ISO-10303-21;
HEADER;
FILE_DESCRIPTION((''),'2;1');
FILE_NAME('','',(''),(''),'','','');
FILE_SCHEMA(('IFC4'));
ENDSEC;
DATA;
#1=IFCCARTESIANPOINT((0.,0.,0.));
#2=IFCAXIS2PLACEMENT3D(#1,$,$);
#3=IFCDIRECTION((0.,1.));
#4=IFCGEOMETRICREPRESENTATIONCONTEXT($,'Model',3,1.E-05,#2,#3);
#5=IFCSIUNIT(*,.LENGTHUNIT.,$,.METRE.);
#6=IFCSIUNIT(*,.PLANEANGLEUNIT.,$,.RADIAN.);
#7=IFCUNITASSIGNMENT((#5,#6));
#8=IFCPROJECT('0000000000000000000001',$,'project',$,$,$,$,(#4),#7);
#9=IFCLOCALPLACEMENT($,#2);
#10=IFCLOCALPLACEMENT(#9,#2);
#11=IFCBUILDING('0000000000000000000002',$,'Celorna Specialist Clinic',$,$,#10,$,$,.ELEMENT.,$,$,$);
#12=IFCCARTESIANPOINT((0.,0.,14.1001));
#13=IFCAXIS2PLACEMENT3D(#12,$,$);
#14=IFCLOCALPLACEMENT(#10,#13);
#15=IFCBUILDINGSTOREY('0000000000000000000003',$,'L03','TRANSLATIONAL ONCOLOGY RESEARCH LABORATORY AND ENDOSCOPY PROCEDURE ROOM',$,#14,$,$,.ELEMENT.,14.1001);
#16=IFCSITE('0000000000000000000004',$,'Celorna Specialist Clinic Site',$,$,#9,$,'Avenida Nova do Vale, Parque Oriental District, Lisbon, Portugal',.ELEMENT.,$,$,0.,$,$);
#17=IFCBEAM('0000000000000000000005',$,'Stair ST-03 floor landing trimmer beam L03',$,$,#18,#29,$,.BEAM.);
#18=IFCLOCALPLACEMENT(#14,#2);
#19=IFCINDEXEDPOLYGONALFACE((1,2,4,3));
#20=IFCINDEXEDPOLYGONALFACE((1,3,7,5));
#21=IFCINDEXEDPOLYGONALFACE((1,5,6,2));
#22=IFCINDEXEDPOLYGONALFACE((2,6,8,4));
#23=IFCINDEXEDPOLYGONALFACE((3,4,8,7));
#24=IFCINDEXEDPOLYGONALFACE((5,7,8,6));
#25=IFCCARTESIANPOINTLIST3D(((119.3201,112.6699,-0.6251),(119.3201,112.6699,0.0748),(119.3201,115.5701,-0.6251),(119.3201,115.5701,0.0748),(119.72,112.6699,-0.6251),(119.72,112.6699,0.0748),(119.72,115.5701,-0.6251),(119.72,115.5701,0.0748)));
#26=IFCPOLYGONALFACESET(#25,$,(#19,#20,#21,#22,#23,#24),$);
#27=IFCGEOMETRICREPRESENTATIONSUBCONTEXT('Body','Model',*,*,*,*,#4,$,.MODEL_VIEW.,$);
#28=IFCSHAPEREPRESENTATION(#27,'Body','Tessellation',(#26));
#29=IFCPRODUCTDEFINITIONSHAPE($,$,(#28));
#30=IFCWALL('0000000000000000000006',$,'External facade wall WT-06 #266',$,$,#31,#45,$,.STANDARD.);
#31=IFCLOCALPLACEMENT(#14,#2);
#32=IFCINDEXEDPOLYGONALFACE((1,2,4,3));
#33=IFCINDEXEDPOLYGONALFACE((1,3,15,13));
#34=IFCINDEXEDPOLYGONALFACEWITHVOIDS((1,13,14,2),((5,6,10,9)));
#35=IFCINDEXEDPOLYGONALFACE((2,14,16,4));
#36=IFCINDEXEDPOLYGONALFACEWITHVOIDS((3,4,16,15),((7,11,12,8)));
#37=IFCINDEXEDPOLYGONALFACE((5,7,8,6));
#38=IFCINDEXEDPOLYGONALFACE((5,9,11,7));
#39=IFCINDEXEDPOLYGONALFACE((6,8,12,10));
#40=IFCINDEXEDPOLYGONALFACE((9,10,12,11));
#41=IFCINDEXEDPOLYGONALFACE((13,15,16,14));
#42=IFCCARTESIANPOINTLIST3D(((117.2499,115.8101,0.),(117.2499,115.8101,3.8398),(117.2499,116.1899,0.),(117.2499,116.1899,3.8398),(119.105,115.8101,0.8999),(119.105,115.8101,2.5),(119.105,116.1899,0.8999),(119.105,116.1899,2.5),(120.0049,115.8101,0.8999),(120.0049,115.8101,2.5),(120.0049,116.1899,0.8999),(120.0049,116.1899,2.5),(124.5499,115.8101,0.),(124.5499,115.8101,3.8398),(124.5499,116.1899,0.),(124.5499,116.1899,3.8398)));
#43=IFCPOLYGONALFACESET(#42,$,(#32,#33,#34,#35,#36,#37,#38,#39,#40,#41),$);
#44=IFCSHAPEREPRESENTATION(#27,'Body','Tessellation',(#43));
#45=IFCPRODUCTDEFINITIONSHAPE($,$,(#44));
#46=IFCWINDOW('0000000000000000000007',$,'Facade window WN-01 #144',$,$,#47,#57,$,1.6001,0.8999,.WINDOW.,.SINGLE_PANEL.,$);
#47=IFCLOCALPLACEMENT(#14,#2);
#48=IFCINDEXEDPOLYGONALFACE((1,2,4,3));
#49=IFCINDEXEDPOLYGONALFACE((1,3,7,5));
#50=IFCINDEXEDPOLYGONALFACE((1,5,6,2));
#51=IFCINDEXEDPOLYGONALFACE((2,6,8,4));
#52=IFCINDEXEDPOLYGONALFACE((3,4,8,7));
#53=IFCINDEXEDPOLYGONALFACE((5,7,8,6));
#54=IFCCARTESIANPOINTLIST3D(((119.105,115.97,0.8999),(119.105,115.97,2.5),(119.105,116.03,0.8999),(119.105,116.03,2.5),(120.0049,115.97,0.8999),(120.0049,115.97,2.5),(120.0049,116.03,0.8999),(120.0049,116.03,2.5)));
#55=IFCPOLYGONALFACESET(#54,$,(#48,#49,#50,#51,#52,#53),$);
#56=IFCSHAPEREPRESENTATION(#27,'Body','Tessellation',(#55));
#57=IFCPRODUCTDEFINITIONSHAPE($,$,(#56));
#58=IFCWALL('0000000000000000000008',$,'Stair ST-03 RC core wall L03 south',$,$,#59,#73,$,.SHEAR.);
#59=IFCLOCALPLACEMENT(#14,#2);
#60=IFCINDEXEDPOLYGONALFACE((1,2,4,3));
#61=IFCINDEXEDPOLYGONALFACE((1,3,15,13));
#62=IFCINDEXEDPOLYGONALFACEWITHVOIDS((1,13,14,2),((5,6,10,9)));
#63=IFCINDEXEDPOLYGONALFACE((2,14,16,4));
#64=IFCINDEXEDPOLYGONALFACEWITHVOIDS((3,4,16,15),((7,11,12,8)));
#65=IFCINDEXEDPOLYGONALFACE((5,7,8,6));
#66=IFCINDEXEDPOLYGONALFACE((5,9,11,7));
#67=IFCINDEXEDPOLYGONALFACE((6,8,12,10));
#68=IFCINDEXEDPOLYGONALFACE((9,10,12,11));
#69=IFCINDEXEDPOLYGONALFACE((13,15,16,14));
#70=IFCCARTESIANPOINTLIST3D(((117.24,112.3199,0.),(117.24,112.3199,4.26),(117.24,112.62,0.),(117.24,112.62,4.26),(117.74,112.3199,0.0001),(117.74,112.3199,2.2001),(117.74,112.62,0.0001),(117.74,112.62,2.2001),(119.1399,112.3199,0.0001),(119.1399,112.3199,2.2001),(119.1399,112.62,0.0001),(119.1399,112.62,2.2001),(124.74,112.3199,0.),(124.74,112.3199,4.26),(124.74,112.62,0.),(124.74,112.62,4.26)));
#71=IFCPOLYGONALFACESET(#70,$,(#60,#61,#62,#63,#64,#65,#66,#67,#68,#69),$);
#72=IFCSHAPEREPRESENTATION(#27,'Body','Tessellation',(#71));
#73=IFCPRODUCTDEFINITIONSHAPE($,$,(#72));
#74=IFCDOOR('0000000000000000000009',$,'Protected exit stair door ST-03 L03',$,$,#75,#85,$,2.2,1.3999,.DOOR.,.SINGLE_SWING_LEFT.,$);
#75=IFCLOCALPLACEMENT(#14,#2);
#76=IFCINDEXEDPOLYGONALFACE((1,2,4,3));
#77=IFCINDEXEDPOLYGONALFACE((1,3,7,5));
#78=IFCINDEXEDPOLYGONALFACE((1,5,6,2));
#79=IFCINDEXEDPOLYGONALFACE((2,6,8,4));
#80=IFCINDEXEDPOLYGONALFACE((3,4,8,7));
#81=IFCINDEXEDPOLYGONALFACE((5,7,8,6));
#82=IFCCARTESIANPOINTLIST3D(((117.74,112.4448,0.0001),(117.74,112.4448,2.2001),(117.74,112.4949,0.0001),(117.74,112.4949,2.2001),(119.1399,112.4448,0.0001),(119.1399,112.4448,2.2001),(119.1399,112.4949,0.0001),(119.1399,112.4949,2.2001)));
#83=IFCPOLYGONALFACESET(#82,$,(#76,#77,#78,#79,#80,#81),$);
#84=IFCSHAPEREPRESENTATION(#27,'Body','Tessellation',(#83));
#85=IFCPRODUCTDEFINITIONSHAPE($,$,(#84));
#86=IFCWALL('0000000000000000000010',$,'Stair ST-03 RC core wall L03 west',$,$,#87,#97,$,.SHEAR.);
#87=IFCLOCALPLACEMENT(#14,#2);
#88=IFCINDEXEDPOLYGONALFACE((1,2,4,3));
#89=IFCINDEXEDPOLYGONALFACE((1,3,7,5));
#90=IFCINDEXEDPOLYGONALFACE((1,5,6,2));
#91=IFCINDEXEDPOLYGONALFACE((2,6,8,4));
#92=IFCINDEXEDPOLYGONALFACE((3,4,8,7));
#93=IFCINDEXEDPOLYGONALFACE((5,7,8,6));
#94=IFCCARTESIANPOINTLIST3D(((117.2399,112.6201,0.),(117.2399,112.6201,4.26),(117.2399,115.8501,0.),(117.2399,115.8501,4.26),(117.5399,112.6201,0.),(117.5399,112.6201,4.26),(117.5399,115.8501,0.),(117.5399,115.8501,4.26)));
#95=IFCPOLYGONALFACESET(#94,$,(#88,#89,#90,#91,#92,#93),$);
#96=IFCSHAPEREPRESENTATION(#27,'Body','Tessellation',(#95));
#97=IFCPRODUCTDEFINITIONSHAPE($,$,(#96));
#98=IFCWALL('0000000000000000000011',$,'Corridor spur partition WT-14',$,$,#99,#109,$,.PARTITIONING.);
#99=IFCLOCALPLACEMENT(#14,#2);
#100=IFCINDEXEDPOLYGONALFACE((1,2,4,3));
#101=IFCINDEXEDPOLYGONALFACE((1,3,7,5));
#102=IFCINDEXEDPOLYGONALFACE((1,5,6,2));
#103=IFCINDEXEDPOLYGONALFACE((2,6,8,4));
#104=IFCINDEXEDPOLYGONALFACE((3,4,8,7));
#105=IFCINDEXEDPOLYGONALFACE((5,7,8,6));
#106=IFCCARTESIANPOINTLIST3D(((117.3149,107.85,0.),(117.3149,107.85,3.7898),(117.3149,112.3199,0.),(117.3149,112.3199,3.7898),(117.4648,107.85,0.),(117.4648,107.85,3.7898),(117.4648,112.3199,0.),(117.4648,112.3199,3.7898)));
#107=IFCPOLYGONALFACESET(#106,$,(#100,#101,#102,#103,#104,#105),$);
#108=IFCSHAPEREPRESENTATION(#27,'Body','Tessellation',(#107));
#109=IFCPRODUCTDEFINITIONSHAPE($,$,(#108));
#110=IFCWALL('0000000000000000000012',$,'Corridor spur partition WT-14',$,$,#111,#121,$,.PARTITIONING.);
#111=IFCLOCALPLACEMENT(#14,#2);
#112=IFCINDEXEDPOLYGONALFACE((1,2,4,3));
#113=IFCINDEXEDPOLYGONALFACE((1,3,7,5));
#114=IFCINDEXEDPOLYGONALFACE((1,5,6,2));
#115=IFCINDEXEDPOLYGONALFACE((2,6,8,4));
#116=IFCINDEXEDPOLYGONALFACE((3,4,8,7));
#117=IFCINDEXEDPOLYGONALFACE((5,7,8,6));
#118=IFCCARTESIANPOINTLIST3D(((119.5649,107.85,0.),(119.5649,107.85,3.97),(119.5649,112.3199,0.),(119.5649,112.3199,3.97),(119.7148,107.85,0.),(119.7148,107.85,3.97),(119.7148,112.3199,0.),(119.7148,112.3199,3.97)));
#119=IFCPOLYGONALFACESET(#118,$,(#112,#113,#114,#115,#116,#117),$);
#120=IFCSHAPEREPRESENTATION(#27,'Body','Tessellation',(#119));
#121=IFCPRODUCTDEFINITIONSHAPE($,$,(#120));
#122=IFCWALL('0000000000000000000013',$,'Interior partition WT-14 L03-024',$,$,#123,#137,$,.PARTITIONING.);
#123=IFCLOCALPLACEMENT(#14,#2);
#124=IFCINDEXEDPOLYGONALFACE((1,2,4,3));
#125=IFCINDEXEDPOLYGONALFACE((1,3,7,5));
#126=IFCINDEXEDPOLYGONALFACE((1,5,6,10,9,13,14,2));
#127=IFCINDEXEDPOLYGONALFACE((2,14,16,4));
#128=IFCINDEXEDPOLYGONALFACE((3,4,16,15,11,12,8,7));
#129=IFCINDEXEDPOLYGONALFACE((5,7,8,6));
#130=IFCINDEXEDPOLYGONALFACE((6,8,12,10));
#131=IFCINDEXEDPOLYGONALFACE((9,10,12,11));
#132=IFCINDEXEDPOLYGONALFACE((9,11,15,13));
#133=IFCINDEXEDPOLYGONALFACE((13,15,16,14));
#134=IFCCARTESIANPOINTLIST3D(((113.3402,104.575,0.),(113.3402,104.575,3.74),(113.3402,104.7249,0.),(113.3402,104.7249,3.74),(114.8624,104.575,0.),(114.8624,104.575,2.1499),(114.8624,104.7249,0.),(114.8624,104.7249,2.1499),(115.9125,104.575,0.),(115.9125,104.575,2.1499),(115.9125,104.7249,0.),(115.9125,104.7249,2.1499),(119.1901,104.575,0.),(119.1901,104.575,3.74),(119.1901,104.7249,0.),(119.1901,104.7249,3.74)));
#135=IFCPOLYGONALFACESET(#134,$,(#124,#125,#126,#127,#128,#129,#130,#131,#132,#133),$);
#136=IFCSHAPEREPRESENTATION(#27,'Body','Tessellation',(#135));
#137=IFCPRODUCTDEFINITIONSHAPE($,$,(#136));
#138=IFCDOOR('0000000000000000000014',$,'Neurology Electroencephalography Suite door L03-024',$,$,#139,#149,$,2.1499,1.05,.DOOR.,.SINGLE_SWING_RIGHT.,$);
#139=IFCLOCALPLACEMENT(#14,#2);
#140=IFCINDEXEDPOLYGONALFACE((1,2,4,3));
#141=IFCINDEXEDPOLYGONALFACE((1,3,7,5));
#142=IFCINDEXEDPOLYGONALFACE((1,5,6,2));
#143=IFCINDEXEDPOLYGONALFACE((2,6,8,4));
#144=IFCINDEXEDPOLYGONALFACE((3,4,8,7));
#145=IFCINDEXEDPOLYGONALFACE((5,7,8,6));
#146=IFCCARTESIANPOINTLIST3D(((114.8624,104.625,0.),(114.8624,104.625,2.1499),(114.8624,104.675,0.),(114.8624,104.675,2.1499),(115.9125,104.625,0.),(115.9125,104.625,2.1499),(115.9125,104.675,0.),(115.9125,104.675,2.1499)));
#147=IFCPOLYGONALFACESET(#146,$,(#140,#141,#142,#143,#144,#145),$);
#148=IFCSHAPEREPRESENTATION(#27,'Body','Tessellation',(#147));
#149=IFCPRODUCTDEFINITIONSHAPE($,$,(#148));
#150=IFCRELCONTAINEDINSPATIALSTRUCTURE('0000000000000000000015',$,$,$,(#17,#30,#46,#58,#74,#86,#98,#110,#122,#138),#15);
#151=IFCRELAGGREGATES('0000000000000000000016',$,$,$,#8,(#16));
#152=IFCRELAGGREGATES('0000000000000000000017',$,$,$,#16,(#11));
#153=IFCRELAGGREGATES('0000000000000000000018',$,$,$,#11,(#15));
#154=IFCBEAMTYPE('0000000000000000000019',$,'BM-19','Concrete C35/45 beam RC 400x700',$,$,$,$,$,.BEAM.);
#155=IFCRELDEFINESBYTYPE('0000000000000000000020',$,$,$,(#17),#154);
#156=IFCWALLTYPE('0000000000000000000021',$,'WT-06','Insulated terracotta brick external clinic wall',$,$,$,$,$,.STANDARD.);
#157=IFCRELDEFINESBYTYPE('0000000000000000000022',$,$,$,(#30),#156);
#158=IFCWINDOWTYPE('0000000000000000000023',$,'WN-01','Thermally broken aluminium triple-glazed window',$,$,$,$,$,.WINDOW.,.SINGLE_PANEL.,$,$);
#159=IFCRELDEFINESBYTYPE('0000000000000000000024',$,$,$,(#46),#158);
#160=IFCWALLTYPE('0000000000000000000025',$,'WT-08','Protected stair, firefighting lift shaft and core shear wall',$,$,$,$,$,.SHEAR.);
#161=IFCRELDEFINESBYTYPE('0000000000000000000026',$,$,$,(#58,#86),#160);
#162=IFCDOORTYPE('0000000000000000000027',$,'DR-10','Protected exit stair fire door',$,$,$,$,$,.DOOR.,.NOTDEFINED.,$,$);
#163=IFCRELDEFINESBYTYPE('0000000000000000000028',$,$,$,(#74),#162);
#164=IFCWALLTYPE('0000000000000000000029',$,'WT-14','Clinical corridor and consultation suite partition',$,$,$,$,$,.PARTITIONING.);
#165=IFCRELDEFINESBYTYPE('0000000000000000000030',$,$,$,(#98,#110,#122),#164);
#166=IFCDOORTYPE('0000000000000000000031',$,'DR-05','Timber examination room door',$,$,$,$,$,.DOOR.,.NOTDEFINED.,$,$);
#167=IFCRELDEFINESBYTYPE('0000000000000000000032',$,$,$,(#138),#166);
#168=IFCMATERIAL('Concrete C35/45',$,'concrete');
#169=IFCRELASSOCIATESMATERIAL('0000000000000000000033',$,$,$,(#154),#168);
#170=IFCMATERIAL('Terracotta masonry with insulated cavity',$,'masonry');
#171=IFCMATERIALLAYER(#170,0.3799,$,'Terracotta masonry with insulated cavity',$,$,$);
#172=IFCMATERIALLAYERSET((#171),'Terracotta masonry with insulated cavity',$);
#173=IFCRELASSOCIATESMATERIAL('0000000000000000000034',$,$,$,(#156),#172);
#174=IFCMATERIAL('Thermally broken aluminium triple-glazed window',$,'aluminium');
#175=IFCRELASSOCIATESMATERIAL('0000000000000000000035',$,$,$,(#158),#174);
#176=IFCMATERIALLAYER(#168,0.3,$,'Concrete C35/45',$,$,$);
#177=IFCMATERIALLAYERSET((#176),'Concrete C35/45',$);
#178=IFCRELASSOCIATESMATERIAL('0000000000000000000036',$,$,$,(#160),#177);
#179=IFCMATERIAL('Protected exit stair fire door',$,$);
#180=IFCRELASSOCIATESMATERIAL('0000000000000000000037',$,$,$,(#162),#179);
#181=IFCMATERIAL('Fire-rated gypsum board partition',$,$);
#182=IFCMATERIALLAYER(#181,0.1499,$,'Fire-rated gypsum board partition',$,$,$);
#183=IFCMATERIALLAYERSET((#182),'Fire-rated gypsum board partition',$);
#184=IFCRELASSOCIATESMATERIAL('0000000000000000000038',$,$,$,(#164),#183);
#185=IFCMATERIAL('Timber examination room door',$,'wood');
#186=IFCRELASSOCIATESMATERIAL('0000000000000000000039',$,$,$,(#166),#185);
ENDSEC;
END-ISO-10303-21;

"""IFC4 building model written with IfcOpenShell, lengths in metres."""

from ifc_helpers import new_model, si_unit, direction, frame, frame_2d, origin, origin_2d, place, context, subcontext, project, spatial, rectangle, extrude, material, layer, layer_set, material_profile, profile_set, type_object, element, fill, save


model = new_model("IFC4")

# Units and contexts
model_context = context("Model", 3, precision=1e-05, world=origin(), true_north=direction((0.0, 1.0)))
body_context = subcontext(model_context, "Body", "Model", "MODEL_VIEW")
ifc_project = project(units=[si_unit("LENGTHUNIT", "METRE"), si_unit("PLANEANGLEUNIT", "RADIAN")], contexts=[model_context])

# Site, building, storey
site_placement = place(None, origin())
site = spatial("IfcSite", under=ifc_project, at=site_placement, Name="Celorna Specialist Clinic Site", LongName="Avenida Nova do Vale, Parque Oriental District, Lisbon, Portugal", CompositionType="ELEMENT", RefElevation=0.0)
building_placement = place(site_placement, origin())
building = spatial("IfcBuilding", under=site, at=building_placement, Name="Celorna Specialist Clinic", CompositionType="ELEMENT")
storey_placement = place(building_placement, frame((0.0, 0.0, 14.1001)))
storey = spatial("IfcBuildingStorey", under=building, at=storey_placement, Name="L03", Description="TRANSLATIONAL ONCOLOGY RESEARCH LABORATORY AND ENDOSCOPY PROCEDURE ROOM", CompositionType="ELEMENT", Elevation=14.1001)

# Shared definitions
ifc_material_1 = material(Name="Concrete C35/45", Category="concrete")

# Beam
ifc_material_profile_1 = material_profile(ifc_material_1, rectangle(XDim=0.3999, YDim=0.7, at=origin_2d()), Name="RC 400x700")
ifc_profile_set_1 = profile_set([ifc_material_profile_1], Name="Concrete C35/45")
beam_type_1 = type_object("IfcBeamType", Name="BM-19", Description="Concrete C35/45 beam RC 400x700", PredefinedType="BEAM", material=ifc_profile_set_1)
beam_1_placement = place(storey_placement, frame((119.52, 112.6699, -0.2751), z_axis=(0.0, 1.0, 0.0), x_axis=(-1.0, 0.0, 0.0)))
element("IfcBeam", 1, at=beam_1_placement, inside=storey, type_object=beam_type_1, Name="Stair ST-03 floor landing trimmer beam L03", PredefinedType="BEAM", context=body_context, shape_type="SweptSolid", body=[
    extrude(rectangle(XDim=0.3999, YDim=0.7, at=origin_2d()), origin(), (0.0, 0.0, 1.0), 2.9001),
])

# Wall, opening, window
ifc_material_2 = material(Name="Terracotta masonry with insulated cavity", Category="masonry")
ifc_layer_1 = layer(ifc_material_2, 0.3799, Name="Terracotta masonry with insulated cavity")
ifc_layer_set_1 = layer_set([ifc_layer_1], Name="Terracotta masonry with insulated cavity")
wall_type_1 = type_object("IfcWallType", Name="WT-06", Description="Insulated terracotta brick external clinic wall", PredefinedType="STANDARD", material=ifc_layer_set_1)
wall_1_placement = place(storey_placement, frame((117.25, 116.0, 0.0), z_axis=(0.0, 0.0, 1.0), x_axis=(1.0, 0.0, 0.0)))
wall_1 = element("IfcWall", 2, at=wall_1_placement, inside=storey, type_object=wall_type_1, Name="External facade wall WT-06 #266", PredefinedType="STANDARD", context=body_context, shape_type="SweptSolid", body=[
    extrude(rectangle(XDim=7.3, YDim=0.3799, at=frame_2d((3.6499, 0.0))), origin(), (0.0, 0.0, 1.0), 3.8398),
])
opening_1_placement = place(wall_1_placement, frame((1.855, 0.0, 0.8999)))
opening_1 = element("IfcOpeningElement", 3, at=opening_1_placement, cuts=wall_1, PredefinedType="OPENING", context=body_context, shape_type="SweptSolid", body=[
    extrude(rectangle(XDim=0.8999, YDim=1.6001, at=frame_2d((0.45, 0.8))), frame((0.0, 0.2, 0.0), z_axis=(0.0, -1.0, 0.0), x_axis=(1.0, 0.0, 0.0)), (0.0, 0.0, 1.0), 0.3999),
])
ifc_material_3 = material(Name="Thermally broken aluminium triple-glazed window", Category="aluminium")
window_type = type_object("IfcWindowType", Name="WN-01", Description="Thermally broken aluminium triple-glazed window", PartitioningType="SINGLE_PANEL", PredefinedType="WINDOW", material=ifc_material_3)
window_placement = place(opening_1_placement, origin())
window = element("IfcWindow", 4, at=window_placement, inside=storey, type_object=window_type, Name="Facade window WN-01 #144", OverallHeight=1.6001, OverallWidth=0.8999, PartitioningType="SINGLE_PANEL", PredefinedType="WINDOW", context=body_context, shape_type="SweptSolid", body=[
    extrude(rectangle(XDim=0.8999, YDim=1.6001, at=frame_2d((0.45, 0.8))), frame((0.0, 0.03, 0.0), z_axis=(0.0, -1.0, 0.0), x_axis=(1.0, 0.0, 0.0)), (0.0, 0.0, 1.0), 0.0601),
])
fill(opening_1, window)

# Wall, opening, door
ifc_layer_2 = layer(ifc_material_1, 0.3, Name="Concrete C35/45")
ifc_layer_set_2 = layer_set([ifc_layer_2], Name="Concrete C35/45")
wall_type_2 = type_object("IfcWallType", Name="WT-08", Description="Protected stair, firefighting lift shaft and core shear wall", PredefinedType="SHEAR", material=ifc_layer_set_2)
wall_2_placement = place(storey_placement, frame((117.24, 112.47, 0.0), z_axis=(0.0, 0.0, 1.0), x_axis=(1.0, 0.0, 0.0)))
wall_2 = element("IfcWall", 5, at=wall_2_placement, inside=storey, type_object=wall_type_2, Name="Stair ST-03 RC core wall L03 south", PredefinedType="SHEAR", context=body_context, shape_type="SweptSolid", body=[
    extrude(rectangle(XDim=7.5, YDim=0.3, at=frame_2d((3.75, 0.0))), origin(), (0.0, 0.0, 1.0), 4.26),
])
opening_2_placement = place(wall_2_placement, frame((0.5, 0.0, 0.0)))
opening_2 = element("IfcOpeningElement", 6, at=opening_2_placement, cuts=wall_2, PredefinedType="OPENING", context=body_context, shape_type="SweptSolid", body=[
    extrude(rectangle(XDim=1.3999, YDim=2.2, at=frame_2d((0.7, 1.1001))), frame((0.0, 0.1599, 0.0), z_axis=(0.0, -1.0, 0.0), x_axis=(1.0, 0.0, 0.0)), (0.0, 0.0, 1.0), 0.3201),
])
ifc_material_4 = material(Name="Protected exit stair fire door")
door_type_1 = type_object("IfcDoorType", Name="DR-10", Description="Protected exit stair fire door", OperationType="NOTDEFINED", PredefinedType="DOOR", material=ifc_material_4)
door_1_placement = place(opening_2_placement, origin())
door_1 = element("IfcDoor", 7, at=door_1_placement, inside=storey, type_object=door_type_1, Name="Protected exit stair door ST-03 L03", OperationType="SINGLE_SWING_LEFT", OverallHeight=2.2, OverallWidth=1.3999, PredefinedType="DOOR", context=body_context, shape_type="SweptSolid", body=[
    extrude(rectangle(XDim=1.3999, YDim=2.2, at=frame_2d((0.7, 1.1001))), frame((0.0, 0.0249, 0.0), z_axis=(0.0, -1.0, 0.0), x_axis=(1.0, 0.0, 0.0)), (0.0, 0.0, 1.0), 0.05),
])
fill(opening_2, door_1)

# Walls
wall_3_placement = place(storey_placement, frame((117.3899, 115.8501, 0.0), z_axis=(0.0, 0.0, 1.0), x_axis=(0.0, -1.0, 0.0)))
element("IfcWall", 8, at=wall_3_placement, inside=storey, type_object=wall_type_2, Name="Stair ST-03 RC core wall L03 west", PredefinedType="SHEAR", context=body_context, shape_type="SweptSolid", body=[
    extrude(rectangle(XDim=3.23, YDim=0.3, at=frame_2d((1.615, 0.0))), origin(), (0.0, 0.0, 1.0), 4.26),
])
ifc_material_5 = material(Name="Fire-rated gypsum board partition")
ifc_layer_3 = layer(ifc_material_5, 0.1499, Name="Fire-rated gypsum board partition")
ifc_layer_set_3 = layer_set([ifc_layer_3], Name="Fire-rated gypsum board partition")
wall_type_3 = type_object("IfcWallType", Name="WT-14", Description="Clinical corridor and consultation suite partition", PredefinedType="PARTITIONING", material=ifc_layer_set_3)
wall_4_placement = place(storey_placement, frame((117.3899, 107.8501, 0.0), z_axis=(0.0, 0.0, 1.0), x_axis=(0.0, 1.0, 0.0)))
element("IfcWall", 9, at=wall_4_placement, inside=storey, type_object=wall_type_3, Name="Corridor spur partition WT-14", PredefinedType="PARTITIONING", context=body_context, shape_type="SweptSolid", body=[
    extrude(rectangle(XDim=4.47, YDim=0.1499, at=frame_2d((2.2349, 0.0))), origin(), (0.0, 0.0, 1.0), 3.7898),
])
wall_5_placement = place(storey_placement, frame((119.6399, 107.8501, 0.0), z_axis=(0.0, 0.0, 1.0), x_axis=(0.0, 1.0, 0.0)))
element("IfcWall", 10, at=wall_5_placement, inside=storey, type_object=wall_type_3, Name="Corridor spur partition WT-14", PredefinedType="PARTITIONING", context=body_context, shape_type="SweptSolid", body=[
    extrude(rectangle(XDim=4.47, YDim=0.1499, at=frame_2d((2.2349, 0.0))), origin(), (0.0, 0.0, 1.0), 3.97),
])

# Wall, opening, door
wall_6_placement = place(storey_placement, frame((119.1899, 104.6499, 0.0), z_axis=(0.0, 0.0, 1.0), x_axis=(-1.0, 0.0, 0.0)))
wall_6 = element("IfcWall", 11, at=wall_6_placement, inside=storey, type_object=wall_type_3, Name="Interior partition WT-14 L03-024", PredefinedType="PARTITIONING", context=body_context, shape_type="SweptSolid", body=[
    extrude(rectangle(XDim=5.8499, YDim=0.1499, at=frame_2d((2.9248, 0.0))), origin(), (0.0, 0.0, 1.0), 3.74),
])
opening_3_placement = place(wall_6_placement, frame((3.2776, 0.0, 0.0)))
opening_3 = element("IfcOpeningElement", 12, at=opening_3_placement, cuts=wall_6, PredefinedType="OPENING", context=body_context, shape_type="SweptSolid", body=[
    extrude(rectangle(XDim=1.05, YDim=2.1499, at=frame_2d((0.5249, 1.075))), frame((0.0, 0.085, 0.0), z_axis=(0.0, -1.0, 0.0), x_axis=(1.0, 0.0, 0.0)), (0.0, 0.0, 1.0), 0.1699),
])
ifc_material_6 = material(Name="Timber examination room door", Category="wood")
door_type_2 = type_object("IfcDoorType", Name="DR-05", Description="Timber examination room door", OperationType="NOTDEFINED", PredefinedType="DOOR", material=ifc_material_6)
door_2_placement = place(opening_3_placement, origin())
door_2 = element("IfcDoor", 13, at=door_2_placement, inside=storey, type_object=door_type_2, Name="Neurology Electroencephalography Suite door L03-024", OperationType="SINGLE_SWING_RIGHT", OverallHeight=2.1499, OverallWidth=1.05, PredefinedType="DOOR", context=body_context, shape_type="SweptSolid", body=[
    extrude(rectangle(XDim=1.05, YDim=2.1499, at=frame_2d((0.5249, 1.075))), frame((0.0, 0.0249, 0.0), z_axis=(0.0, -1.0, 0.0), x_axis=(1.0, 0.0, 0.0)), (0.0, 0.0, 1.0), 0.05),
])
fill(opening_3, door_2)

save(model, "model.ifc")
